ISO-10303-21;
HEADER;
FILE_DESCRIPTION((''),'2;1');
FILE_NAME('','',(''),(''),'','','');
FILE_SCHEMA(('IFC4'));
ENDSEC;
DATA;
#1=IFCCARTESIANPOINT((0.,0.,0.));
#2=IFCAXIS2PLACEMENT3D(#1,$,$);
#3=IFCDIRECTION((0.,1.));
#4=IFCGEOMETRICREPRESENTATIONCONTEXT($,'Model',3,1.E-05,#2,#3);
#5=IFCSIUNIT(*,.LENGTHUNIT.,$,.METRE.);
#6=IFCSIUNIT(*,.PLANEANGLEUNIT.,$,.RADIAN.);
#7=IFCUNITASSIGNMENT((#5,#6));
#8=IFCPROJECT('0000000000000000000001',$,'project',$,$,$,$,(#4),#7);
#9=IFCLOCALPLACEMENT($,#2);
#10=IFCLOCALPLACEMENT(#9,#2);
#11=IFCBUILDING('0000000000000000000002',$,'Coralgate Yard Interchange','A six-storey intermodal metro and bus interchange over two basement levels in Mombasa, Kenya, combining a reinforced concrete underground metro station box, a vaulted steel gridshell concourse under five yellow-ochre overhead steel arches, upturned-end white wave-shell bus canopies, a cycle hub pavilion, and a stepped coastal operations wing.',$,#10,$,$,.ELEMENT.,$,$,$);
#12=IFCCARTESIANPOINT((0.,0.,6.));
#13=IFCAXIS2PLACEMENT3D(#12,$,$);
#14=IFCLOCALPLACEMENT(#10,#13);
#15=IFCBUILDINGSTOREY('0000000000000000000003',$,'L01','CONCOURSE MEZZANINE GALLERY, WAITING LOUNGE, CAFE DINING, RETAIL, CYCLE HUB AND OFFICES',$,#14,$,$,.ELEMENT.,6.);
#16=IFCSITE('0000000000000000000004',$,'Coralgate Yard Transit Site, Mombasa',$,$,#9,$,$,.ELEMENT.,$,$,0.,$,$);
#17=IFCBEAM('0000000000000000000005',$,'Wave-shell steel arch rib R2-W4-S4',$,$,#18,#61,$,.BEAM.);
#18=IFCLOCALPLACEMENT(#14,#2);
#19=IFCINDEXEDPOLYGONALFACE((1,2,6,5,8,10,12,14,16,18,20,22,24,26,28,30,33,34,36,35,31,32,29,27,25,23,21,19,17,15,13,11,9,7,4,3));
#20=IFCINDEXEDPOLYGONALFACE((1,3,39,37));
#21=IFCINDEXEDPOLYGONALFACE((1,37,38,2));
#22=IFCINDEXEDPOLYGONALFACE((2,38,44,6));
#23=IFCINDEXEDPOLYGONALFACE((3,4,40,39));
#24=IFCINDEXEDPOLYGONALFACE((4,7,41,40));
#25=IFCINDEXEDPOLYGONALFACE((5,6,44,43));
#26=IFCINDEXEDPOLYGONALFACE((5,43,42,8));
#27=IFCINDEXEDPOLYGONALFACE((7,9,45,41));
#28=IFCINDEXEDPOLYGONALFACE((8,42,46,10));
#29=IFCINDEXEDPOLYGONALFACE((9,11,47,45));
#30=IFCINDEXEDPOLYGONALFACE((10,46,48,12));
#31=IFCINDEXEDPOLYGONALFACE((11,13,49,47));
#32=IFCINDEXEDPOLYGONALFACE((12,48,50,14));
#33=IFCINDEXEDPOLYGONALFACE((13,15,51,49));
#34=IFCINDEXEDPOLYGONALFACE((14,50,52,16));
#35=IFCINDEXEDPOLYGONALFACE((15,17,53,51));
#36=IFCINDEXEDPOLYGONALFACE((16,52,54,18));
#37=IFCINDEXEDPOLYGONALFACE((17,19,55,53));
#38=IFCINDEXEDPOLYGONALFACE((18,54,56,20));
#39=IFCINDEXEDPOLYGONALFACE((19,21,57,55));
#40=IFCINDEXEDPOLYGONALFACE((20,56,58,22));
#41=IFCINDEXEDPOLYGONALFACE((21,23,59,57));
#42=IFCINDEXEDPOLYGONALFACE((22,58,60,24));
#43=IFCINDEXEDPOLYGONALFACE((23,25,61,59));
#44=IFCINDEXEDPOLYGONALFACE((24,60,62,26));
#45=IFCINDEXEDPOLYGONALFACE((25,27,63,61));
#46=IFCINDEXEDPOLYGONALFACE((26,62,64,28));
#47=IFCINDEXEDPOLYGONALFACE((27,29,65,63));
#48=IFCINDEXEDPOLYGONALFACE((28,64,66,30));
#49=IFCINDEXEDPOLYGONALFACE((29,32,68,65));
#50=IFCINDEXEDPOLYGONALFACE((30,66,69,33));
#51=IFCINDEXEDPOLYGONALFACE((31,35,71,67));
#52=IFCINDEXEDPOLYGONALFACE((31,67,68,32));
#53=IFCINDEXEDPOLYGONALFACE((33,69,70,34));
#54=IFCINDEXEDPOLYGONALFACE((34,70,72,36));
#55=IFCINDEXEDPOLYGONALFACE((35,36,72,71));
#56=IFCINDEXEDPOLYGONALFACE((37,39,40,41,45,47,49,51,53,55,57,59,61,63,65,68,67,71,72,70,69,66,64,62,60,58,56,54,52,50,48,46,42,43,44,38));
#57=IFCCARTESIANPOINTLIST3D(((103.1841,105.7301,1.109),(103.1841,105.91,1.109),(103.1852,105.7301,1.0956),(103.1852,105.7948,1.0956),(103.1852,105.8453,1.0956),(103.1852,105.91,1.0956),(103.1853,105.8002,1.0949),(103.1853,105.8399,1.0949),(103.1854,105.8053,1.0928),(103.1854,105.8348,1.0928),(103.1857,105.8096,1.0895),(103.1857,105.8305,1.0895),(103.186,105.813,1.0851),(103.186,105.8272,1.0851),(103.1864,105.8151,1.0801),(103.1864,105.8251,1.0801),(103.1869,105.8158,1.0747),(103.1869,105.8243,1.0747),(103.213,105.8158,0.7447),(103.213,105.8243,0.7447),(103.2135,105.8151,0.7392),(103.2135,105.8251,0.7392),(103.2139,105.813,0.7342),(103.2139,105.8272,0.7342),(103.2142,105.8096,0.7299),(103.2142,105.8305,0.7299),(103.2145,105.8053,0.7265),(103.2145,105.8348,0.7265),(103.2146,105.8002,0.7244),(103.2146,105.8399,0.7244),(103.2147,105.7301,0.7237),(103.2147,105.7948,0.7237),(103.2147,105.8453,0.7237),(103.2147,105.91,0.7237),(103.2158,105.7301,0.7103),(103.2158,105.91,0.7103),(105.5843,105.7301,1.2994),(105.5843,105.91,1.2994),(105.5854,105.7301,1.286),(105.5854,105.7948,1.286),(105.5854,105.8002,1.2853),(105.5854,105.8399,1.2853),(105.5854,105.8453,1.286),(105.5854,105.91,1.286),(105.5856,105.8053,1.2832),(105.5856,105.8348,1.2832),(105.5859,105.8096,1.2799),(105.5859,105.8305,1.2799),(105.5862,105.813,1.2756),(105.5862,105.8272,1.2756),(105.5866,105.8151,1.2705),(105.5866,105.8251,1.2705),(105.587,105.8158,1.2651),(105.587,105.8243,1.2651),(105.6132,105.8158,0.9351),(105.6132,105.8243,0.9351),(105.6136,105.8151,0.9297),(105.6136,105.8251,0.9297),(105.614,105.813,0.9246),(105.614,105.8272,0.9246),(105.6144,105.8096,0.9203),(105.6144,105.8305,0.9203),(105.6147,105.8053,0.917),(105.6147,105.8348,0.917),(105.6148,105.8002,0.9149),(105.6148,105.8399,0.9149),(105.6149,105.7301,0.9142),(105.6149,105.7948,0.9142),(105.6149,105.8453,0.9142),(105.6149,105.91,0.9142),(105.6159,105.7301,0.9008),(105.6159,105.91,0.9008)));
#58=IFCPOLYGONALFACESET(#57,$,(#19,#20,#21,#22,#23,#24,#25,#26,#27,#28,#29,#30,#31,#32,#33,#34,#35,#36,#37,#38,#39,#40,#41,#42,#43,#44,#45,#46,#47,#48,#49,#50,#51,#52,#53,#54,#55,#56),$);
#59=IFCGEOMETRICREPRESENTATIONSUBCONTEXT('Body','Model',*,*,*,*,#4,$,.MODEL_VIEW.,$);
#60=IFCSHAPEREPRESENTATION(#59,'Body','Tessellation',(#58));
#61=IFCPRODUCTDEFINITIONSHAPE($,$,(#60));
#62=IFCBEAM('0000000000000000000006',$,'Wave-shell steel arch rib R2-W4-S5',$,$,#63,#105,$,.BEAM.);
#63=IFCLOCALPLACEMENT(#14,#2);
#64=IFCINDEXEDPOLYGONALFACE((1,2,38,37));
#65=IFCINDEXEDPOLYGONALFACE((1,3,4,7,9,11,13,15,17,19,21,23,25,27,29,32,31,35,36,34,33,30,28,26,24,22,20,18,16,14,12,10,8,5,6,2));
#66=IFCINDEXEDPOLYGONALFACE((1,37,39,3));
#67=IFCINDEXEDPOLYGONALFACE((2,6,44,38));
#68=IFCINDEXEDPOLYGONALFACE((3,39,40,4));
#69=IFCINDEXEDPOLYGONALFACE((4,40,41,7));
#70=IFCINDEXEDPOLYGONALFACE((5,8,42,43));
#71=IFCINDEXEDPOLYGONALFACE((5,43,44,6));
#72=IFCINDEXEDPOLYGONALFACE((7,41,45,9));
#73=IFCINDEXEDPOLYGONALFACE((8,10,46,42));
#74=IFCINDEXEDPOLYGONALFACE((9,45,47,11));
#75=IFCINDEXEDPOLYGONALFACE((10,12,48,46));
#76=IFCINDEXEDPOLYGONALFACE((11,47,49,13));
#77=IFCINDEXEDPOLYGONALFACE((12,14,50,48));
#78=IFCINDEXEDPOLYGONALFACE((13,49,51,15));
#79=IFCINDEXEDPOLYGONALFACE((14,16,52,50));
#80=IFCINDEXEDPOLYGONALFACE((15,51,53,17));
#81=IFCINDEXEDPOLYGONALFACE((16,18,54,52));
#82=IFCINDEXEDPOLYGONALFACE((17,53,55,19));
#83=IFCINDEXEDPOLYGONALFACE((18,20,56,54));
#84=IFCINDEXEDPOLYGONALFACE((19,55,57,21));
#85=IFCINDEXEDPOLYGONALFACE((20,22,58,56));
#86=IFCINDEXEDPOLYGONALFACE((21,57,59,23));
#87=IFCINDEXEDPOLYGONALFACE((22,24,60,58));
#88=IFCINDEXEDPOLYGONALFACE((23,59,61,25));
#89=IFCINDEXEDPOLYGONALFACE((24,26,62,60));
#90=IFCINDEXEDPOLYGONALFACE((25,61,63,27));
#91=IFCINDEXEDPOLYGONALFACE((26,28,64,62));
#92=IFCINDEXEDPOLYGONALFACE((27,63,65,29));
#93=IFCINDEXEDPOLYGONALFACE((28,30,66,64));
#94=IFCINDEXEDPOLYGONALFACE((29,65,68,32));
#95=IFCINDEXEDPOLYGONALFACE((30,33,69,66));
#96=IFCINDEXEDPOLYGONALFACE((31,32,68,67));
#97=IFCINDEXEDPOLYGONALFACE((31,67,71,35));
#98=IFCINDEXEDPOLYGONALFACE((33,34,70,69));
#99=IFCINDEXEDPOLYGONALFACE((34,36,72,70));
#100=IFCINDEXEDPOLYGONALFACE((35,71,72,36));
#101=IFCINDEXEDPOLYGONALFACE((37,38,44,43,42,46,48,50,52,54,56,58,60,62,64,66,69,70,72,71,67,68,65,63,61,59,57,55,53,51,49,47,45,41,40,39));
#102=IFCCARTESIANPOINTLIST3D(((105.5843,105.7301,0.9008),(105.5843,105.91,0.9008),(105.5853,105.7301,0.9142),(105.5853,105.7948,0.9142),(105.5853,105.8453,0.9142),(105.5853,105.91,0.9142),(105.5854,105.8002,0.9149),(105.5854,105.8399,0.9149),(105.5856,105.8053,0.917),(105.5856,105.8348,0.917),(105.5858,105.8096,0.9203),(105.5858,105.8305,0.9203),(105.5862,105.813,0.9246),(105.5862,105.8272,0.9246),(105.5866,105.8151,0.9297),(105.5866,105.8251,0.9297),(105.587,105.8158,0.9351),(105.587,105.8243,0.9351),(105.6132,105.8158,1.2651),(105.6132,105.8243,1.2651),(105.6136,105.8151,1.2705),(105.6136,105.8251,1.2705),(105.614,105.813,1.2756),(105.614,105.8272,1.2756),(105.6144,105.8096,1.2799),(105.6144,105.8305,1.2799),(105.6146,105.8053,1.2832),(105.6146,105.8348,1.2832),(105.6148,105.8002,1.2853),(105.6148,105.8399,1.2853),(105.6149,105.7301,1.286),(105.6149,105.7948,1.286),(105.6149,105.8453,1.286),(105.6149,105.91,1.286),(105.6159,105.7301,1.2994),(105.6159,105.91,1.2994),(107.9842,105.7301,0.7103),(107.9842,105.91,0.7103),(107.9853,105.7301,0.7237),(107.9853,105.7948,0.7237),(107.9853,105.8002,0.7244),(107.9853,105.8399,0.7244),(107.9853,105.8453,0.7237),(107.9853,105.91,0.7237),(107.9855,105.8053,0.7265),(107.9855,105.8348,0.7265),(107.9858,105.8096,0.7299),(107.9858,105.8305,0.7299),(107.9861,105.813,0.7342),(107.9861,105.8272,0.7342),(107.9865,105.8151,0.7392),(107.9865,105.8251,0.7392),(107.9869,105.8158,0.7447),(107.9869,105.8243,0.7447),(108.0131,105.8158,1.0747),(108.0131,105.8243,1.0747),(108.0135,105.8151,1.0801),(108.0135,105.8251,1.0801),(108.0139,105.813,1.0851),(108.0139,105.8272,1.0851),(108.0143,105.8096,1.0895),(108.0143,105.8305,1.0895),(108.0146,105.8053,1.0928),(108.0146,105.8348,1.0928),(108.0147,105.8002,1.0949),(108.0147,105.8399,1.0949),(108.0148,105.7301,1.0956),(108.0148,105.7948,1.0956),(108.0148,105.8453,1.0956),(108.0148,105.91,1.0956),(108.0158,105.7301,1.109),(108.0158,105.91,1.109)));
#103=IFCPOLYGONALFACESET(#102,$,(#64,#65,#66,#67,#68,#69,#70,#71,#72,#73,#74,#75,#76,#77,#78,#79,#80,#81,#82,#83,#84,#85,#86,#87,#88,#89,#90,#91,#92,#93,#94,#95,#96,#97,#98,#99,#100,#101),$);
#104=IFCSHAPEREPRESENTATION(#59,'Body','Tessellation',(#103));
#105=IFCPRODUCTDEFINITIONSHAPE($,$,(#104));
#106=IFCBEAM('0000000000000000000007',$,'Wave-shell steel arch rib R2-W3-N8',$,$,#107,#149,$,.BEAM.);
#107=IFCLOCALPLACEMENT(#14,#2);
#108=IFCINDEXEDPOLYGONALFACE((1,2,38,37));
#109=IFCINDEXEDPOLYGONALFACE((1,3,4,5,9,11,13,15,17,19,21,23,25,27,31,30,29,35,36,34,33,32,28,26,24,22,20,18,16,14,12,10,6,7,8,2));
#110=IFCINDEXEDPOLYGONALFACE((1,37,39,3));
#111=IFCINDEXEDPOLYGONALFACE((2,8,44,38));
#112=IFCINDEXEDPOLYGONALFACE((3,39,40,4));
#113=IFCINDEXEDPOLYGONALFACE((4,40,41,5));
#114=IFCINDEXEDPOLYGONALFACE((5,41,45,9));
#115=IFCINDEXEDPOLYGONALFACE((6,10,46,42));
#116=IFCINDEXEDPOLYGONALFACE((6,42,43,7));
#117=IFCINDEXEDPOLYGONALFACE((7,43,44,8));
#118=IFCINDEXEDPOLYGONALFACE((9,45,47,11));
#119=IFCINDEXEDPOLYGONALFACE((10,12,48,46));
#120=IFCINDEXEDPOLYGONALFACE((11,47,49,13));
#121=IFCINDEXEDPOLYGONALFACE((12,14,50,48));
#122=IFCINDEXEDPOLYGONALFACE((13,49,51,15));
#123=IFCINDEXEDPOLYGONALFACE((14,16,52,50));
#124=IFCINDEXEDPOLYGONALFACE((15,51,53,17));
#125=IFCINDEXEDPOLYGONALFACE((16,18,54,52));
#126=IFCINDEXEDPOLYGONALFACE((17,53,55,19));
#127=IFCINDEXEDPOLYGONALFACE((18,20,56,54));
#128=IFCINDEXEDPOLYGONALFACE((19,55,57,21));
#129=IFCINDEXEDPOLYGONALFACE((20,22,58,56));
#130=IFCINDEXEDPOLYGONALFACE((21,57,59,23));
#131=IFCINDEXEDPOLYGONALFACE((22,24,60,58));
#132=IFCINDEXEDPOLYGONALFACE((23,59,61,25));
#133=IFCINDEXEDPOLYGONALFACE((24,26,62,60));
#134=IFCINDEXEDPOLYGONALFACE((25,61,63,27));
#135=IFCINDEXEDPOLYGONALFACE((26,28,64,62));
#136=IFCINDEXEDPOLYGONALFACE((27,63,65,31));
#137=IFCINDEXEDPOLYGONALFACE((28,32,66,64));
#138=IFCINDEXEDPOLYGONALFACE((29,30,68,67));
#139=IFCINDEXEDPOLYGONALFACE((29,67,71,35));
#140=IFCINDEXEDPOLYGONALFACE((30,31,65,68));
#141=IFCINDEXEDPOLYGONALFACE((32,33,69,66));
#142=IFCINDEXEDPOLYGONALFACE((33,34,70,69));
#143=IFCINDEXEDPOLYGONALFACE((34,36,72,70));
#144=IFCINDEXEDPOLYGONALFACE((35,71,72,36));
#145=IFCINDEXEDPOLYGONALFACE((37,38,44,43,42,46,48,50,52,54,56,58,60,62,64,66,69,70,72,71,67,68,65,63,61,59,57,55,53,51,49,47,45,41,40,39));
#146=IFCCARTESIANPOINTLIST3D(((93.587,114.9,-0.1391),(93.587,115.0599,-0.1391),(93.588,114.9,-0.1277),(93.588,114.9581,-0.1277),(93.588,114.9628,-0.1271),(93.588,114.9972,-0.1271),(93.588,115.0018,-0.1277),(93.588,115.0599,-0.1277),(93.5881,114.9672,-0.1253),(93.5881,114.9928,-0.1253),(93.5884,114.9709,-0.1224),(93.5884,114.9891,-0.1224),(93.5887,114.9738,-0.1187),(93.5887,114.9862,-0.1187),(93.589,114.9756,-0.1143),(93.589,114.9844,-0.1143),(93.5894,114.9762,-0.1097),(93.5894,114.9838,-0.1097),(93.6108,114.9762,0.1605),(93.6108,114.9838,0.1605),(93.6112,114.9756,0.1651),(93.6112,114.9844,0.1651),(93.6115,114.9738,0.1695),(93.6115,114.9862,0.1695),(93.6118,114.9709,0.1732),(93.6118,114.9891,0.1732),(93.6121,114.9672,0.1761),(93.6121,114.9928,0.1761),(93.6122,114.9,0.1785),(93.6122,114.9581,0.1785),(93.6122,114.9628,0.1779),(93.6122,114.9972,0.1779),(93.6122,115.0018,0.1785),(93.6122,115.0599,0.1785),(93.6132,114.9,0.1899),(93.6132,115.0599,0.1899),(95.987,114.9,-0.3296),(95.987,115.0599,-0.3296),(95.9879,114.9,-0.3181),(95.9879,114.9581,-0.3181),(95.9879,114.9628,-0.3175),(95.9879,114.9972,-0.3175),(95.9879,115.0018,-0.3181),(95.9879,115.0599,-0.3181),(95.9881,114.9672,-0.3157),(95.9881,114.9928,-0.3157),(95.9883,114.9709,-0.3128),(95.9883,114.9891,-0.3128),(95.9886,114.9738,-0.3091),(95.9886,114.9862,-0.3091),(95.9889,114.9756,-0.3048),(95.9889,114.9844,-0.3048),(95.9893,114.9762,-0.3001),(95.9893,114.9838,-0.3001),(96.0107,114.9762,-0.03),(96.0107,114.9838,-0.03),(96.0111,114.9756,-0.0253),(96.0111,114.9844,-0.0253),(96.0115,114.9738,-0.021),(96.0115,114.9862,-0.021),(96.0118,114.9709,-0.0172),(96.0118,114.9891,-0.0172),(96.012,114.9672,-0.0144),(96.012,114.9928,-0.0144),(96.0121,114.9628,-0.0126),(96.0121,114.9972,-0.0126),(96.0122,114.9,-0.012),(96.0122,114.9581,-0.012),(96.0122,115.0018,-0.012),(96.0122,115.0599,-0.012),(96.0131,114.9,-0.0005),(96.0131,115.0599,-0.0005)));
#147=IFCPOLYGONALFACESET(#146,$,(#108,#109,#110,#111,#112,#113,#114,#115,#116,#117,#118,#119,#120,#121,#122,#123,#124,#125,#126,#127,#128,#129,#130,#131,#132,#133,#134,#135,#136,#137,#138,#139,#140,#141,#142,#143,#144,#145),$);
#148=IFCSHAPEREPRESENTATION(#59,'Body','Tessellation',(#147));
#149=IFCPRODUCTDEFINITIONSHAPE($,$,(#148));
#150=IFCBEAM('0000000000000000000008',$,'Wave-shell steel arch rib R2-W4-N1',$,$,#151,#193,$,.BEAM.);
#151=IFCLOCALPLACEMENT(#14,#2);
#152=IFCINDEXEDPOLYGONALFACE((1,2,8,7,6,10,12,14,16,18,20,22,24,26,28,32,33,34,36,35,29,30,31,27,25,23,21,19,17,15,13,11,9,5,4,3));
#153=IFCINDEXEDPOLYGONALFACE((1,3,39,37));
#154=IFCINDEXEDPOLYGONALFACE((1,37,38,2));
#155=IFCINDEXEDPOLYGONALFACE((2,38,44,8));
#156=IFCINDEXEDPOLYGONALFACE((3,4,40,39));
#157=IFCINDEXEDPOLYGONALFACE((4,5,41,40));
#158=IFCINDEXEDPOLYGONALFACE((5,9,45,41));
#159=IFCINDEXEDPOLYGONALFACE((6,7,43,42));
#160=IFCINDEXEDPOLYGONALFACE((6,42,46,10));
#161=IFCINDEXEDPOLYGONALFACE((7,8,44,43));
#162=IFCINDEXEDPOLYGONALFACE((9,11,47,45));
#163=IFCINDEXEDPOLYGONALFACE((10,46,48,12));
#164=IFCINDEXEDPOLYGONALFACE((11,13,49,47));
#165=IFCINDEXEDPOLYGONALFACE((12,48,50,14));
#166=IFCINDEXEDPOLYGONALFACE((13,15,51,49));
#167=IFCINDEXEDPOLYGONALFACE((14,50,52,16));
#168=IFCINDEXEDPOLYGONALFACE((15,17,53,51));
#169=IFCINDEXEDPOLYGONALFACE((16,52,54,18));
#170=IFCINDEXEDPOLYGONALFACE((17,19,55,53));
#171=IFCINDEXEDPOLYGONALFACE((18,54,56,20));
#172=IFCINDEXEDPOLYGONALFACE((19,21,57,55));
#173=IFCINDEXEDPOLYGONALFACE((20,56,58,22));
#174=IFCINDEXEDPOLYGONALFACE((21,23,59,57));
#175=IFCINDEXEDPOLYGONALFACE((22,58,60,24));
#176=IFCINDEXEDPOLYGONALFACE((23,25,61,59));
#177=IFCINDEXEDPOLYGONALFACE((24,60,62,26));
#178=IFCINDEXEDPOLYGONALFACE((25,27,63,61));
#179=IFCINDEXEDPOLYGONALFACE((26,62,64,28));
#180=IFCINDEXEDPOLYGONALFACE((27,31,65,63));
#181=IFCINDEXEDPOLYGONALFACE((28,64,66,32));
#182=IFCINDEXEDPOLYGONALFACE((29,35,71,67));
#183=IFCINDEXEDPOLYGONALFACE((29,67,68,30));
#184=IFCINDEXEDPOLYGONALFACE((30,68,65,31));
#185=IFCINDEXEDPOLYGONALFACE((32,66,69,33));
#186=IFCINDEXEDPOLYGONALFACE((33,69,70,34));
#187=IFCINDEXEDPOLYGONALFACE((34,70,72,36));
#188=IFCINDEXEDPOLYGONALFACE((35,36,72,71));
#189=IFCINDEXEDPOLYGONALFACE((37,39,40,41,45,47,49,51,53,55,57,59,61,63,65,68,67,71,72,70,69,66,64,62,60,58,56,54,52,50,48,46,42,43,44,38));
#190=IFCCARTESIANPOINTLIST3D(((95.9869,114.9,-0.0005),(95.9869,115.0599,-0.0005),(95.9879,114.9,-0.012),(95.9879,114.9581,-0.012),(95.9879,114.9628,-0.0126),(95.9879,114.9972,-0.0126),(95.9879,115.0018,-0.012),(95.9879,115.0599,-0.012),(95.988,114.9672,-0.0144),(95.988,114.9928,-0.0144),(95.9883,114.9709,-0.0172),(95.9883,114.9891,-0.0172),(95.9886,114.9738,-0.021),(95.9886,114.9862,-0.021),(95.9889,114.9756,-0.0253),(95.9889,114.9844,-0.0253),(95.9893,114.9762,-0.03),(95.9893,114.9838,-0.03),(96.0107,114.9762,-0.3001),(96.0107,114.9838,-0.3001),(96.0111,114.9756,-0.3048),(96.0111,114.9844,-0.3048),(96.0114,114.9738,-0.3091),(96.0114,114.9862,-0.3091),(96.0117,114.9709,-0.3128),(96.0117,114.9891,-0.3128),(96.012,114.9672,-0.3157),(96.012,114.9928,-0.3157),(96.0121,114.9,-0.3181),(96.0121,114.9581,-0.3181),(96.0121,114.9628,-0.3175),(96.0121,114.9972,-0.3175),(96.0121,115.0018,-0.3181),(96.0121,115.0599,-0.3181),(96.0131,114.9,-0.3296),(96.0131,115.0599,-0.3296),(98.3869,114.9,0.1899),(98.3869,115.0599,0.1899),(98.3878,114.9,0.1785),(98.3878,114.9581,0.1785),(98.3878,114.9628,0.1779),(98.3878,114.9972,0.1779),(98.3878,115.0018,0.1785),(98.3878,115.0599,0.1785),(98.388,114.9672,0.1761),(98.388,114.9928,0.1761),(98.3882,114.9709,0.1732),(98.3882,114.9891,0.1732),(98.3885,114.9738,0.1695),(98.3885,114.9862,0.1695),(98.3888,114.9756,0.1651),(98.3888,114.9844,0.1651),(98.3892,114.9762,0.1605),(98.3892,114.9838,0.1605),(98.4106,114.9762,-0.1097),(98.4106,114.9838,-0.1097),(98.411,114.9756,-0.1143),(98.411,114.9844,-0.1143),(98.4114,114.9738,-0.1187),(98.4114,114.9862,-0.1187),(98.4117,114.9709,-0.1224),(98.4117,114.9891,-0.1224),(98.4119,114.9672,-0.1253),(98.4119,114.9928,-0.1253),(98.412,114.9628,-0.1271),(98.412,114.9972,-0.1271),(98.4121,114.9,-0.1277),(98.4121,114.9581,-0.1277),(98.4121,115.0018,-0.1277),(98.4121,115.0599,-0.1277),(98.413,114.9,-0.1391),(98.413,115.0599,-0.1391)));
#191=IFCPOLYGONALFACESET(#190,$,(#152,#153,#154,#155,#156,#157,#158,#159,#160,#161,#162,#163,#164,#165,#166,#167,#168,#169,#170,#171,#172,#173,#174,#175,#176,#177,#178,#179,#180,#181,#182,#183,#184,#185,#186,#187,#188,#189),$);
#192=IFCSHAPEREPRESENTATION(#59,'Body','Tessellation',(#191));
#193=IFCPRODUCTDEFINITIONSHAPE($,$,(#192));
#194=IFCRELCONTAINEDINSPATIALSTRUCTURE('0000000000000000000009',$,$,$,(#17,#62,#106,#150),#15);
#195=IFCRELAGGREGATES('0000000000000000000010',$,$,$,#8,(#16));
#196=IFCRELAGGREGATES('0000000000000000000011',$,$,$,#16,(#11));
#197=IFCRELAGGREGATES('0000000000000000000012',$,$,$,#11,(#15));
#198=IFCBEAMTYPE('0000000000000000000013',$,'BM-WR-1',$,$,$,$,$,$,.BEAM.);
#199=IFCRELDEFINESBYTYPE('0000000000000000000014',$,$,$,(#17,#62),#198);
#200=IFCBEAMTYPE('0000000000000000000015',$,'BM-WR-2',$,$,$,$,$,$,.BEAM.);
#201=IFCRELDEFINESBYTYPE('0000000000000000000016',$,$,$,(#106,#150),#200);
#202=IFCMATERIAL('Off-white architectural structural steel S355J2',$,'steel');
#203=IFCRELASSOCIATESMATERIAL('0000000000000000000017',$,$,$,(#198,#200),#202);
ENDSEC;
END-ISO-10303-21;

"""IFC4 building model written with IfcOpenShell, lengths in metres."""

from ifc_helpers import new_model, si_unit, direction, frame, origin, origin_2d, place, context, subcontext, project, spatial, i_section, extrude, material, material_profile, profile_set, type_object, element, save


model = new_model("IFC4")

# Units and contexts
model_context = context("Model", 3, precision=1e-05, world=origin(), true_north=direction((0.0, 1.0)))
body_context = subcontext(model_context, "Body", "Model", "MODEL_VIEW")
ifc_project = project(units=[si_unit("LENGTHUNIT", "METRE"), si_unit("PLANEANGLEUNIT", "RADIAN")], contexts=[model_context])

# Site, building, storey
site_placement = place(None, origin())
site = spatial("IfcSite", under=ifc_project, at=site_placement, Name="Coralgate Yard Transit Site, Mombasa", CompositionType="ELEMENT", RefElevation=0.0)
building_placement = place(site_placement, origin())
building = spatial("IfcBuilding", under=site, at=building_placement, Name="Coralgate Yard Interchange", Description="A six-storey intermodal metro and bus interchange over two basement levels in Mombasa, Kenya, combining a reinforced concrete underground metro station box, a vaulted steel gridshell concourse under five yellow-ochre overhead steel arches, upturned-end white wave-shell bus canopies, a cycle hub pavilion, and a stepped coastal operations wing.", CompositionType="ELEMENT")
storey_placement = place(building_placement, frame((0.0, 0.0, 6.0)))
storey = spatial("IfcBuildingStorey", under=building, at=storey_placement, Name="L01", Description="CONCOURSE MEZZANINE GALLERY, WAITING LOUNGE, CAFE DINING, RETAIL, CYCLE HUB AND OFFICES", CompositionType="ELEMENT", Elevation=6.0)

# Beams
ifc_material_1 = material(Name="Off-white architectural structural steel S355J2", Category="steel")
ifc_material_profile_1 = material_profile(ifc_material_1, i_section(OverallWidth=0.1799, OverallDepth=0.3999, WebThickness=0.0085, FlangeThickness=0.0134, FilletRadius=0.021, at=origin_2d()), Name="IPE 400")
ifc_profile_set_1 = profile_set([ifc_material_profile_1], Name="Off-white architectural structural steel S355J2")
beam_type_1 = type_object("IfcBeamType", Name="BM-WR-1", PredefinedType="BEAM", material=ifc_profile_set_1)
beam_1_placement = place(storey_placement, frame((103.2, 105.8201, 0.9097), z_axis=(0.996867, 0.0, 0.079092), x_axis=(0.0, 1.0, 0.0)))
element("IfcBeam", 1, at=beam_1_placement, inside=storey, type_object=beam_type_1, Name="Wave-shell steel arch rib R2-W4-S4", PredefinedType="BEAM", context=body_context, shape_type="SweptSolid", body=[
    extrude(i_section(OverallWidth=0.1799, OverallDepth=0.3999, WebThickness=0.0085, FlangeThickness=0.0134, FilletRadius=0.021, at=origin_2d()), origin(), (0.0, 0.0, 1.0), 2.4077),
])
beam_2_placement = place(storey_placement, frame((105.6001, 105.8201, 1.1001), z_axis=(0.996867, 0.0, -0.0791), x_axis=(0.0, 1.0, 0.0)))
element("IfcBeam", 2, at=beam_2_placement, inside=storey, type_object=beam_type_1, Name="Wave-shell steel arch rib R2-W4-S5", PredefinedType="BEAM", context=body_context, shape_type="SweptSolid", body=[
    extrude(i_section(OverallWidth=0.1799, OverallDepth=0.3999, WebThickness=0.0085, FlangeThickness=0.0134, FilletRadius=0.021, at=origin_2d()), origin(), (0.0, 0.0, 1.0), 2.4075),
])
ifc_material_profile_2 = material_profile(ifc_material_1, i_section(OverallWidth=0.1599, OverallDepth=0.3301, WebThickness=0.0076, FlangeThickness=0.0115, FilletRadius=0.0181, at=origin_2d()), Name="IPE 330")
ifc_profile_set_2 = profile_set([ifc_material_profile_2], Name="Off-white architectural structural steel S355J2")
beam_type_2 = type_object("IfcBeamType", Name="BM-WR-2", PredefinedType="BEAM", material=ifc_profile_set_2)
for number, where, z_axis, x_axis, name in (
    (3, (93.6001, 114.98, 0.0254), (0.996867, 0.0, -0.0791), (0.0, 1.0, 0.0), "Wave-shell steel arch rib R2-W3-N8"),
    (4, (96.0, 114.98, -0.165), (0.996867, 0.0, 0.0791), (0.0, 1.0, 0.0), "Wave-shell steel arch rib R2-W4-N1"),
):
    element("IfcBeam", number, at=place(storey_placement, frame(where, z_axis=z_axis, x_axis=x_axis)), inside=storey, type_object=beam_type_2, Name=name, PredefinedType="BEAM", context=body_context, shape_type="SweptSolid", body=[
        extrude(i_section(OverallWidth=0.1599, OverallDepth=0.3301, WebThickness=0.0076, FlangeThickness=0.0115, FilletRadius=0.0181, at=origin_2d()), origin(), (0.0, 0.0, 1.0), 2.4075),
    ])

save(model, "model.ifc")
